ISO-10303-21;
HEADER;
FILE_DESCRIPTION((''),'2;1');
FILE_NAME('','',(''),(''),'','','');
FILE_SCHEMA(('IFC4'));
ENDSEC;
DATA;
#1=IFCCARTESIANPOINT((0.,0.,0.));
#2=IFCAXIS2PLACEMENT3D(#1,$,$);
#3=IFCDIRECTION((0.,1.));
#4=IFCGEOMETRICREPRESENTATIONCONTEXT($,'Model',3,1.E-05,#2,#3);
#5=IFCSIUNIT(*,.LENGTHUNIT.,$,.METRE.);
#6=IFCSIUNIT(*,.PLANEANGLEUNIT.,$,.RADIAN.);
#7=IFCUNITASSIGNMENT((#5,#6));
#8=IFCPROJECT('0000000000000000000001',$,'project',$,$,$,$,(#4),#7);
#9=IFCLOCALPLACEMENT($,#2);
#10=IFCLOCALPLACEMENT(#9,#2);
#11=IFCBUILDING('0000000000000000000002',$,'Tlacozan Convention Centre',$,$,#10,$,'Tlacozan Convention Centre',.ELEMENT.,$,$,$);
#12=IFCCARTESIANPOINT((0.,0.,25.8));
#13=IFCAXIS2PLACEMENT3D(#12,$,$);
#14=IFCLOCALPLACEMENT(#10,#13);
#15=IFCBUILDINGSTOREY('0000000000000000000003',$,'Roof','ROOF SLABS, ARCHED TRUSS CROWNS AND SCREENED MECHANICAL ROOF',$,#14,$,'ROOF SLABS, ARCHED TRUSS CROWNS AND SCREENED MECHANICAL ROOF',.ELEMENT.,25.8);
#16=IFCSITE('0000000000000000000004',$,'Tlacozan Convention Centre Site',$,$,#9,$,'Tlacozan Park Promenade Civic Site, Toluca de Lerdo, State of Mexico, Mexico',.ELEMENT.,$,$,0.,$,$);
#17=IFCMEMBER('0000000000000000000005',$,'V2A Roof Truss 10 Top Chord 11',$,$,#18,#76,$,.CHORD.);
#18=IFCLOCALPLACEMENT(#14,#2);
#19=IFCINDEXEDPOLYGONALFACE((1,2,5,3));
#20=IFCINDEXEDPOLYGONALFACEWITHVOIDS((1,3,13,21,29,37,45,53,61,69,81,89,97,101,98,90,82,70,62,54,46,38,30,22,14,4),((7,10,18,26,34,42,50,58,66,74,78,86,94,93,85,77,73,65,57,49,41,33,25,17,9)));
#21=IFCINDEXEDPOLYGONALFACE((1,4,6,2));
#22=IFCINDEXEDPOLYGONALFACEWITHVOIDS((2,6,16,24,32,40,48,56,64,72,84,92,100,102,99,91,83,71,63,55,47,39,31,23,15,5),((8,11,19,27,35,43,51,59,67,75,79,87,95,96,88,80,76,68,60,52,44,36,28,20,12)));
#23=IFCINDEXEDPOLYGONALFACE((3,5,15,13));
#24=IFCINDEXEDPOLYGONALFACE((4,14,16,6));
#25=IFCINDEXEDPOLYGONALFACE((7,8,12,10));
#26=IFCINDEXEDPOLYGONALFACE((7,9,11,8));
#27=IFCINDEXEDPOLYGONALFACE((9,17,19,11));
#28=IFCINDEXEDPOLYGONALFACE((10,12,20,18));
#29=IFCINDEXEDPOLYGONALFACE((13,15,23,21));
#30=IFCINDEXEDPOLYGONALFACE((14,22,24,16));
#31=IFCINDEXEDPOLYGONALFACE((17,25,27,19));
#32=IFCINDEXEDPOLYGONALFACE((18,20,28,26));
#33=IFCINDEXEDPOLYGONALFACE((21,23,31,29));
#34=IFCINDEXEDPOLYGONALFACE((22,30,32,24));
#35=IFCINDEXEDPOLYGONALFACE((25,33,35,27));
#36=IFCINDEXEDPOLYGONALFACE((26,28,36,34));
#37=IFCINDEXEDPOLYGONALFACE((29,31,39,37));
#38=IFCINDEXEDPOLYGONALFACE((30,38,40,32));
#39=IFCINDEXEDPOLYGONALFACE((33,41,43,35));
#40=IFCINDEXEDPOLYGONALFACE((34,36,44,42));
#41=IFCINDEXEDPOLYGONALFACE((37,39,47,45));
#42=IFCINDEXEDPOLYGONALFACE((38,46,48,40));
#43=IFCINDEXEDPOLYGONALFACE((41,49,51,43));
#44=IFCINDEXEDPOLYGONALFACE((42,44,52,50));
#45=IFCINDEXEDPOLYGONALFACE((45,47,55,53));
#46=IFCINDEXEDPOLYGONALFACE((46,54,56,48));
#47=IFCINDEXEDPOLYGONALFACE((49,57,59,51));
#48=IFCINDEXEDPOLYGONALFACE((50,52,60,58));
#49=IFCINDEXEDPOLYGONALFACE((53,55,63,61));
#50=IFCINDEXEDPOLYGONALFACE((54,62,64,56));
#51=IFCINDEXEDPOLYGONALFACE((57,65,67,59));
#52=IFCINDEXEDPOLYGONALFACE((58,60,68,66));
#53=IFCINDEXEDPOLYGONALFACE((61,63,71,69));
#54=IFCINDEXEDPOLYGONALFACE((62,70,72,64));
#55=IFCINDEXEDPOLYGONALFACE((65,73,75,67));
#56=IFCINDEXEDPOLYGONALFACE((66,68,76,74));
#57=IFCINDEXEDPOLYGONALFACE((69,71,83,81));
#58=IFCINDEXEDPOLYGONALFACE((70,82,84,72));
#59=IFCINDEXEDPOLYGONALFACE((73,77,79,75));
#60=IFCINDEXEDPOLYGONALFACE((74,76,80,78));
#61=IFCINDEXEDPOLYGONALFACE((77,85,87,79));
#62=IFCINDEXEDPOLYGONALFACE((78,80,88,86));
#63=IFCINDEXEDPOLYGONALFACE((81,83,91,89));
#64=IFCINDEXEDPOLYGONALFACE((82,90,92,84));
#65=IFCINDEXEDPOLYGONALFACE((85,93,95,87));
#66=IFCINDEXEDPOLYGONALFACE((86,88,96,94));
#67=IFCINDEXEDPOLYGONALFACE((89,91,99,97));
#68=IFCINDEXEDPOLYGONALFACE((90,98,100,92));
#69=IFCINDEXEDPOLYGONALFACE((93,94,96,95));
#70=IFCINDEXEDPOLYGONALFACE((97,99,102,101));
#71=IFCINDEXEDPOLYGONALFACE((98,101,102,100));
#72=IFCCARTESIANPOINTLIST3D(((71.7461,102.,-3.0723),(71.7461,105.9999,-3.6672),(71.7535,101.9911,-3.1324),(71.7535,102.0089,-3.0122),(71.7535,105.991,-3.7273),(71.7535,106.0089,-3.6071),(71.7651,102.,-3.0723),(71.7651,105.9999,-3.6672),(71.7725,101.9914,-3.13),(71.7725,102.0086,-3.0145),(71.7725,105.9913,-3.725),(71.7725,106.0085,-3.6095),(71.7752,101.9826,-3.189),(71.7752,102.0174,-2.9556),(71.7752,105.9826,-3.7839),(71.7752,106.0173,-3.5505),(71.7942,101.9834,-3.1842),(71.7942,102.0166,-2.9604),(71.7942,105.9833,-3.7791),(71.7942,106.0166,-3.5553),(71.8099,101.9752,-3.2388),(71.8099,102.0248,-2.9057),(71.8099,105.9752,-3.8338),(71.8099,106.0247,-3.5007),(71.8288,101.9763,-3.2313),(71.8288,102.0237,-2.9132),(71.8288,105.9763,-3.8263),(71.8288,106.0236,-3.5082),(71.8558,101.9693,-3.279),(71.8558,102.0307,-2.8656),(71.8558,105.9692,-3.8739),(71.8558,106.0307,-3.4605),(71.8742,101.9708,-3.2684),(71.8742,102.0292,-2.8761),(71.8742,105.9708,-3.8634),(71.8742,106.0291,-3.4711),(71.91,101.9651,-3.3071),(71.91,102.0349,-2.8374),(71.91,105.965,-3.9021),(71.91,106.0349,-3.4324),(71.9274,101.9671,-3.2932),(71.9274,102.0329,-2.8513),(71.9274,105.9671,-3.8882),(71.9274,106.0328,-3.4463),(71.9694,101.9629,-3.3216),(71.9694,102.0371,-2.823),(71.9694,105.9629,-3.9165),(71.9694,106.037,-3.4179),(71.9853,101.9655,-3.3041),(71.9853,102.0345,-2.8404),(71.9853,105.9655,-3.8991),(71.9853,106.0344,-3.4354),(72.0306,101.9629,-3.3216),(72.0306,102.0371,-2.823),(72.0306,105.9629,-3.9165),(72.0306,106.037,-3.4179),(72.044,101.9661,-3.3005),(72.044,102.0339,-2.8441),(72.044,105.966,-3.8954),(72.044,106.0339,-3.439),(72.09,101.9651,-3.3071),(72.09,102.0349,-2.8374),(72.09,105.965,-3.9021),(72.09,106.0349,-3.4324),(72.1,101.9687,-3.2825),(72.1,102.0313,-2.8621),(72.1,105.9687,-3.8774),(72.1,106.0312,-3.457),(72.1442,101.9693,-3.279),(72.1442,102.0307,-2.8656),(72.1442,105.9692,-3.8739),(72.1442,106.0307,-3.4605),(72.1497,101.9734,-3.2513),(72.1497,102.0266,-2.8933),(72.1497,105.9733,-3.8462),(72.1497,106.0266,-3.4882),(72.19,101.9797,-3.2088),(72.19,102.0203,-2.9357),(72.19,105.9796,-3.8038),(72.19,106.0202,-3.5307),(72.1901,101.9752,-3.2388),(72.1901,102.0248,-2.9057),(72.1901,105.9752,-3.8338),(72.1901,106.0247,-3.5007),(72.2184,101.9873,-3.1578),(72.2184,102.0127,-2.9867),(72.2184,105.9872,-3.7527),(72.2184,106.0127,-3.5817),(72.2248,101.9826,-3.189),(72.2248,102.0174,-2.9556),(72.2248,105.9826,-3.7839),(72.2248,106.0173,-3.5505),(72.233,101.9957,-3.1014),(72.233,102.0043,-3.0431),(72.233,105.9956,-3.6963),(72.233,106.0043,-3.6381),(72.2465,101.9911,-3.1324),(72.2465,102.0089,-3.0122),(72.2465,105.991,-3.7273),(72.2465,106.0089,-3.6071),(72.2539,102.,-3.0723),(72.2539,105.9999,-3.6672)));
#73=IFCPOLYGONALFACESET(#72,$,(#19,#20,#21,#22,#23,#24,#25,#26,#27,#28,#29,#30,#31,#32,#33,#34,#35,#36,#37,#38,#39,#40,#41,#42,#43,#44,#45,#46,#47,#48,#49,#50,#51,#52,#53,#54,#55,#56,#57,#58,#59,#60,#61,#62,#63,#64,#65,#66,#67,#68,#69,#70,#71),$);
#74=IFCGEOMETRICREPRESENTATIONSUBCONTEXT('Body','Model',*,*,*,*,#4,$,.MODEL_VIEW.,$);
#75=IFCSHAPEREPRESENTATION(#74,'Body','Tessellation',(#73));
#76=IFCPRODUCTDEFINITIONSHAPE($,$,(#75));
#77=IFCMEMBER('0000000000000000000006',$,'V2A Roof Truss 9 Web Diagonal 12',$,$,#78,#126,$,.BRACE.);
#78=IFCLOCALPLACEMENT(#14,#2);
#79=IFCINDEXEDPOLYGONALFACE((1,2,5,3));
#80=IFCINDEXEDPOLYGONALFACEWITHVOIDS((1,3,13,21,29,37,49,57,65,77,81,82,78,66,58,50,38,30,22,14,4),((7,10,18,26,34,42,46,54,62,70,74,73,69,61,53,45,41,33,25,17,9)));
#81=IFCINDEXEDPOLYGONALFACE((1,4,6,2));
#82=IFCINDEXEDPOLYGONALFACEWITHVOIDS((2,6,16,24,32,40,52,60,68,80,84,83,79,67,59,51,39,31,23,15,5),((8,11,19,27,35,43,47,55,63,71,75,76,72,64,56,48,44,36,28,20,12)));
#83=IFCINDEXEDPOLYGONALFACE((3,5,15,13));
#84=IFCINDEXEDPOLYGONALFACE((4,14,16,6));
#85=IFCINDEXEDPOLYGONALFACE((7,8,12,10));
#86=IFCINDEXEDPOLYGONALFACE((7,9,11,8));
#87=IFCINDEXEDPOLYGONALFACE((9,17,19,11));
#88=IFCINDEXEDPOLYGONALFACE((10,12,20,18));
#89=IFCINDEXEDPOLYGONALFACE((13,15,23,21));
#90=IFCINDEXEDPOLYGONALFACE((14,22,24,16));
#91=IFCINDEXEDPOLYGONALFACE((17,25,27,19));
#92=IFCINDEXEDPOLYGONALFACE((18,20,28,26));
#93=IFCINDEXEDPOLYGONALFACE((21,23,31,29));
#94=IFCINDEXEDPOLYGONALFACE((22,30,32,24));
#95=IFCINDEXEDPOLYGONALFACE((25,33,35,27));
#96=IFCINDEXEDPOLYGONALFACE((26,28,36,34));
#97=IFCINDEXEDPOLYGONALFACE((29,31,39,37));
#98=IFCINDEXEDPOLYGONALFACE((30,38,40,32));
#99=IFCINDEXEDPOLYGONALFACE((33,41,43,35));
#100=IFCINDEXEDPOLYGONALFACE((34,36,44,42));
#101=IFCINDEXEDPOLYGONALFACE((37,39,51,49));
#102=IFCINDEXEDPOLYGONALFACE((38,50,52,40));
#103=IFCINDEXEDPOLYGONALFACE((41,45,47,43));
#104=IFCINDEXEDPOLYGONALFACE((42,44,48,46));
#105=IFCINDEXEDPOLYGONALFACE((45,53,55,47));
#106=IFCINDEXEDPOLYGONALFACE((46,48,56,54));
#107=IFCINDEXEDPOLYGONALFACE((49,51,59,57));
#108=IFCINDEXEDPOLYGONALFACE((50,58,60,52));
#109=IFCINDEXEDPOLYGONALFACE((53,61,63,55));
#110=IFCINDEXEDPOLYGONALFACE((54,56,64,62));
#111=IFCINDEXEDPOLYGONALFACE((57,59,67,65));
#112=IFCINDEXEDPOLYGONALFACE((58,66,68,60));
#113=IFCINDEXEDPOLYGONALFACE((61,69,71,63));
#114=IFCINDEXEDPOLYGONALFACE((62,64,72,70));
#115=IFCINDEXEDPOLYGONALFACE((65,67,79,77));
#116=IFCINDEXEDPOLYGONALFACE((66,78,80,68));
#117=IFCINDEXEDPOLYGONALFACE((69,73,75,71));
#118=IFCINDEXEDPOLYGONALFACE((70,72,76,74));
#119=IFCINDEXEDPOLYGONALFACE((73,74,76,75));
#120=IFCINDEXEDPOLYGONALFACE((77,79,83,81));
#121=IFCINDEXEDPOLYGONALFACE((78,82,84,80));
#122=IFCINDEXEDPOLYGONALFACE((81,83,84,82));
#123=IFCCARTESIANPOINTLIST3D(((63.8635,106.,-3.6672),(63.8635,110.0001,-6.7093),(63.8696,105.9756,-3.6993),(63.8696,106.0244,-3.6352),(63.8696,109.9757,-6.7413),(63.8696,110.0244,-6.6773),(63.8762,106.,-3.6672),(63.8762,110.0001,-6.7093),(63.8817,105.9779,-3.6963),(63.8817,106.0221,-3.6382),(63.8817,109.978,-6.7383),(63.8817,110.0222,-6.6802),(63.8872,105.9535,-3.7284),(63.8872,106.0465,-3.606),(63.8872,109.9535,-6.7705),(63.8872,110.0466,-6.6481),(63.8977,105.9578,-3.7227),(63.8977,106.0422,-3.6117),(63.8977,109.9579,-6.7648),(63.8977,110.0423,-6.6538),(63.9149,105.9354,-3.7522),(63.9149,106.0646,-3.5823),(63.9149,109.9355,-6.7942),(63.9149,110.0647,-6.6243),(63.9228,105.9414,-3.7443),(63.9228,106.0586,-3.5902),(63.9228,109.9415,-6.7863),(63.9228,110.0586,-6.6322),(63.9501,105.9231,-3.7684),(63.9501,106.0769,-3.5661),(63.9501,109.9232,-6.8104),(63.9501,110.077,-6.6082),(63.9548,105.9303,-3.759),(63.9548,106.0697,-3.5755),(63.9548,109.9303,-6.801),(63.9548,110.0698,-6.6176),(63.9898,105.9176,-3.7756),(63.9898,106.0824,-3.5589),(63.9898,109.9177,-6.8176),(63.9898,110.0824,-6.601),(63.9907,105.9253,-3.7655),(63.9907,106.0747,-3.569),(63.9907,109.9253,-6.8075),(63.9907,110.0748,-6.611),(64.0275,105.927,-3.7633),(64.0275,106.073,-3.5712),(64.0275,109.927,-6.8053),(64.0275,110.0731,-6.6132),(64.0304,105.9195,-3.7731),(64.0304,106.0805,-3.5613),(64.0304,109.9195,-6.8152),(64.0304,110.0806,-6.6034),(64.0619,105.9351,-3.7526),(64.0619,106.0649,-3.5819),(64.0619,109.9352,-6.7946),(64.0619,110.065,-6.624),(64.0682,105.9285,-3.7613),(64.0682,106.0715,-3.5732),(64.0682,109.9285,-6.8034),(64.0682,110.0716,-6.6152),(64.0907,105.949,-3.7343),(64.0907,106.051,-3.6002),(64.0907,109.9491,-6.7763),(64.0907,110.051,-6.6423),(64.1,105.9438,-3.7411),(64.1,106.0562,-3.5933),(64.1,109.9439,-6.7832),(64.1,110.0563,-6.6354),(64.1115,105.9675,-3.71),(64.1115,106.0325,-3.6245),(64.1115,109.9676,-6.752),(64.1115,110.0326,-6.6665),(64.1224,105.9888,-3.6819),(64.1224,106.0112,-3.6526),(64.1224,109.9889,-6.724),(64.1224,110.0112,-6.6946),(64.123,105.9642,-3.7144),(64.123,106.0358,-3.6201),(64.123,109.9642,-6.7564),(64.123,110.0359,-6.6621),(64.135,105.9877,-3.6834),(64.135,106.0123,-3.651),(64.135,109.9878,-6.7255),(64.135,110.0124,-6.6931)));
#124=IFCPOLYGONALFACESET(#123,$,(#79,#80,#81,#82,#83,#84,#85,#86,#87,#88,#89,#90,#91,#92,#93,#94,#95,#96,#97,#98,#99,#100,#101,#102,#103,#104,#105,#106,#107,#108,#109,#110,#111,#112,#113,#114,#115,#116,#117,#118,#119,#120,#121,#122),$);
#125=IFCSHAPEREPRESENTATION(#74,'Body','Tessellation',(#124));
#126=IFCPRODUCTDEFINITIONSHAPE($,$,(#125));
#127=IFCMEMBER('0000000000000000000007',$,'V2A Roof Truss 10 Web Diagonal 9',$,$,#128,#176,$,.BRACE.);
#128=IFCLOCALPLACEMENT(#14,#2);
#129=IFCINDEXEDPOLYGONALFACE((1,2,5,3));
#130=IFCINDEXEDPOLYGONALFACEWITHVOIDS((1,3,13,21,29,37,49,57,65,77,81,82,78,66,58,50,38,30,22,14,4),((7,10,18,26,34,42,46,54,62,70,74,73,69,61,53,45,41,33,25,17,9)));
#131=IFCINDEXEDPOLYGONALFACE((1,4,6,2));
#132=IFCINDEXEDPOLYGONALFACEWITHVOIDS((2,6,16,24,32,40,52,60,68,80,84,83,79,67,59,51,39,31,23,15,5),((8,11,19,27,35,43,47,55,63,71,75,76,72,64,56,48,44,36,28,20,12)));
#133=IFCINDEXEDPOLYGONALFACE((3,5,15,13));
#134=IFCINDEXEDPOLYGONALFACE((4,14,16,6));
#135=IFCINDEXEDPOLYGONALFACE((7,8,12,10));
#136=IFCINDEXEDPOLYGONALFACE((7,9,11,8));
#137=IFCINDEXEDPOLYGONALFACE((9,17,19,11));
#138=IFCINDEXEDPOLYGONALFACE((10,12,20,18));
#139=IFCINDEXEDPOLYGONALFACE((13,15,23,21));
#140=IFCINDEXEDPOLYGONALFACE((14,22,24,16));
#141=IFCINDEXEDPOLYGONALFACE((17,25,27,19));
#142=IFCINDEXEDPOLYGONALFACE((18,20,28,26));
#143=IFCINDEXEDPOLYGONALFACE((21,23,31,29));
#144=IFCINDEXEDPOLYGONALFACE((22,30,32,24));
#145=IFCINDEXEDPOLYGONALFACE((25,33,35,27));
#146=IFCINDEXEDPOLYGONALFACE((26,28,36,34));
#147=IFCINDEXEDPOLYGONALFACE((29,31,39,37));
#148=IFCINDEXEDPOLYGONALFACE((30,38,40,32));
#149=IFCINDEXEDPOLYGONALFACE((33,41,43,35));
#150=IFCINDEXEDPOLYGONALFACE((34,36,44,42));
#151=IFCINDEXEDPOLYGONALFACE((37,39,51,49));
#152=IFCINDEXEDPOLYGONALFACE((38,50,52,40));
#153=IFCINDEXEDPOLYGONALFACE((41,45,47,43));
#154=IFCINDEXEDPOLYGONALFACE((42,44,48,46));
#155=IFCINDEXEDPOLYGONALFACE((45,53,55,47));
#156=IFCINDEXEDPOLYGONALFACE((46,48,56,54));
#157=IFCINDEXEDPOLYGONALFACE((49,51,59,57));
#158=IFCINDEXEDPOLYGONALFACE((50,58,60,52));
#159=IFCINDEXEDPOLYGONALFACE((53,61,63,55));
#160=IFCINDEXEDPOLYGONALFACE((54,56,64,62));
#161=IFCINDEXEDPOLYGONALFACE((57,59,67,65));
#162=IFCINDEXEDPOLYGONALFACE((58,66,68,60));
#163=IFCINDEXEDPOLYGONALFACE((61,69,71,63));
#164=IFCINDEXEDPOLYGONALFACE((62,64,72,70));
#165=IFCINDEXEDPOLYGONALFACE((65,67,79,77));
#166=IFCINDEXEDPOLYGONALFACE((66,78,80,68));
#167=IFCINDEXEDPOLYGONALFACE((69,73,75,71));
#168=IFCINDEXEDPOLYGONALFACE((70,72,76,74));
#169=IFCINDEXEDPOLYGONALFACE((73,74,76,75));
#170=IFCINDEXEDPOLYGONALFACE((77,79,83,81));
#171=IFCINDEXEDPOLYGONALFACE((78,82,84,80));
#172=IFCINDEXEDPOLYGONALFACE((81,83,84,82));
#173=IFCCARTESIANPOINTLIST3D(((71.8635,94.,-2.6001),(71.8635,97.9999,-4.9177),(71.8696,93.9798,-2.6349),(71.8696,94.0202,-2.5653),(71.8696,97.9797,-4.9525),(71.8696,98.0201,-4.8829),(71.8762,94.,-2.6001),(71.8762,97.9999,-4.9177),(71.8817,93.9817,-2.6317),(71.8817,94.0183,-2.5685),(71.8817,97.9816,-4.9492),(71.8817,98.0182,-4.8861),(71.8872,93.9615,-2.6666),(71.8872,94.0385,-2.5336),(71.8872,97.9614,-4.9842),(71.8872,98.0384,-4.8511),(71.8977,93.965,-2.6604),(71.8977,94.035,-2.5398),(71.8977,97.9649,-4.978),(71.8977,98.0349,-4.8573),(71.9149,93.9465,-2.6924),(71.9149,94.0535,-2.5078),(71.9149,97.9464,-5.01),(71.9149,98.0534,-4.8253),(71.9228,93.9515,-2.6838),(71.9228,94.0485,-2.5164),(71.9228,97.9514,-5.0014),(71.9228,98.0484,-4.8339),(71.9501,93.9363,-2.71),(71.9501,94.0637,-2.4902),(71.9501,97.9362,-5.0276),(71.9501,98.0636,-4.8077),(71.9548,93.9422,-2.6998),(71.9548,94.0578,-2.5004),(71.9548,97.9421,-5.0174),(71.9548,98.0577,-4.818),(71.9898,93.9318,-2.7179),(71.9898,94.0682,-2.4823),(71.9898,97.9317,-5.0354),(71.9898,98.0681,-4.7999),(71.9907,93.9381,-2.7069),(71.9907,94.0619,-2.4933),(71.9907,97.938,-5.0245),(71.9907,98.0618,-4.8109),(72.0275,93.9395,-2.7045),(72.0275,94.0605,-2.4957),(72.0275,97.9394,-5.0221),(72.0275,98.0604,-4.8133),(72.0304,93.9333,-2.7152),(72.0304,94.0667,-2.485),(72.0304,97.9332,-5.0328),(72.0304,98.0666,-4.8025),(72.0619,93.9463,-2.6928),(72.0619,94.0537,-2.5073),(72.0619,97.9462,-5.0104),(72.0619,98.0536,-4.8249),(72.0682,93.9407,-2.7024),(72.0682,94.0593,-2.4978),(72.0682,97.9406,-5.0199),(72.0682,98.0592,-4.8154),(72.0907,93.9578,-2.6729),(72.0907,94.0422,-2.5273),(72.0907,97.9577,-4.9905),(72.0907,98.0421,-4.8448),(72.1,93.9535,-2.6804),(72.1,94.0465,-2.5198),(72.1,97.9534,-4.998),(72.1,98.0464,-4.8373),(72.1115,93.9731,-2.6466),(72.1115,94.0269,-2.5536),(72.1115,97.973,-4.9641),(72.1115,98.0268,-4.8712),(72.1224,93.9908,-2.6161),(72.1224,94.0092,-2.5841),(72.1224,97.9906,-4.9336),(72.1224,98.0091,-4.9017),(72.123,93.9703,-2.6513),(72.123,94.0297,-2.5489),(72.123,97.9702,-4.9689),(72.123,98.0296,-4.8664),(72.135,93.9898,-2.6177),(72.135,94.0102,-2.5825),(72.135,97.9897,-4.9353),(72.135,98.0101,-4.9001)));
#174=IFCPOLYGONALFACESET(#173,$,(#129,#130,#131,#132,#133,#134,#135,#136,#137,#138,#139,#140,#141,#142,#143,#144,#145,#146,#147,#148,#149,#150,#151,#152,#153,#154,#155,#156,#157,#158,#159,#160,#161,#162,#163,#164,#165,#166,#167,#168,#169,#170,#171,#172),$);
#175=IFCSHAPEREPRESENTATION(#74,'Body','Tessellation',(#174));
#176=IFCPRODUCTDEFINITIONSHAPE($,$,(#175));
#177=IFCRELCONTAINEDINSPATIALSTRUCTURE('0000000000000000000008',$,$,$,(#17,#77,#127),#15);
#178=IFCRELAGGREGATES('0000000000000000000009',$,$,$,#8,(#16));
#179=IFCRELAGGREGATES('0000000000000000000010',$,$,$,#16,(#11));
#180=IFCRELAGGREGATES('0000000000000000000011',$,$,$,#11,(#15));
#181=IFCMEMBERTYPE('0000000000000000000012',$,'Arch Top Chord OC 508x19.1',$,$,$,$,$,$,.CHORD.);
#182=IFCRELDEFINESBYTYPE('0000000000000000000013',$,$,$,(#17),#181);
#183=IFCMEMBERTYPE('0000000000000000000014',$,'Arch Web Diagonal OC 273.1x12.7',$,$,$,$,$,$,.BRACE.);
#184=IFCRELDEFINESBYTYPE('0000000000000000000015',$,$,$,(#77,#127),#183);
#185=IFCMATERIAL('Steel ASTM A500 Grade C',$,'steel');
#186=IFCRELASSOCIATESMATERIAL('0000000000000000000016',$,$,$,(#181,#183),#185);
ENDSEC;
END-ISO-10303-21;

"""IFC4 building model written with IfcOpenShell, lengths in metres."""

from ifc_helpers import new_model, si_unit, direction, frame, origin, origin_2d, place, context, subcontext, project, spatial, hollow_circle, extrude, material, material_profile, profile_set, type_object, element, save


model = new_model("IFC4")

# Units and contexts
model_context = context("Model", 3, precision=1e-05, world=origin(), true_north=direction((0.0, 1.0)))
body_context = subcontext(model_context, "Body", "Model", "MODEL_VIEW")
ifc_project = project(units=[si_unit("LENGTHUNIT", "METRE"), si_unit("PLANEANGLEUNIT", "RADIAN")], contexts=[model_context])

# Site, building, storey
site_placement = place(None, origin())
site = spatial("IfcSite", under=ifc_project, at=site_placement, Name="Tlacozan Convention Centre Site", LongName="Tlacozan Park Promenade Civic Site, Toluca de Lerdo, State of Mexico, Mexico", CompositionType="ELEMENT", RefElevation=0.0)
building_placement = place(site_placement, origin())
building = spatial("IfcBuilding", under=site, at=building_placement, Name="Tlacozan Convention Centre", LongName="Tlacozan Convention Centre", CompositionType="ELEMENT")
storey_placement = place(building_placement, frame((0.0, 0.0, 25.8)))
storey = spatial("IfcBuildingStorey", under=building, at=storey_placement, Name="Roof", Description="ROOF SLABS, ARCHED TRUSS CROWNS AND SCREENED MECHANICAL ROOF", LongName="ROOF SLABS, ARCHED TRUSS CROWNS AND SCREENED MECHANICAL ROOF", CompositionType="ELEMENT", Elevation=25.8)

# Members
ifc_material_1 = material(Name="Steel ASTM A500 Grade C", Category="steel")
ifc_material_profile_1 = material_profile(ifc_material_1, hollow_circle(Radius=0.2539, WallThickness=0.019, at=origin_2d()), Name="OC 508.0x19.1")
ifc_profile_set_1 = profile_set([ifc_material_profile_1], Name="Steel ASTM A500 Grade C")
member_type_1 = type_object("IfcMemberType", Name="Arch Top Chord OC 508x19.1", PredefinedType="CHORD", material=ifc_profile_set_1)
member_1_placement = place(storey_placement, frame((72.0, 102.0, -3.0723), z_axis=(0.0, 0.989118, -0.147124), x_axis=(-1.0, 0.0, 0.0)))
element("IfcMember", 1, at=member_1_placement, inside=storey, type_object=member_type_1, Name="V2A Roof Truss 10 Top Chord 11", PredefinedType="CHORD", context=body_context, shape_type="SweptSolid", body=[
    extrude(hollow_circle(Radius=0.2539, WallThickness=0.019, at=origin_2d()), origin(), (0.0, 0.0, 1.0), 4.0439),
])
ifc_material_profile_2 = material_profile(ifc_material_1, hollow_circle(Radius=0.1365, WallThickness=0.0127, at=origin_2d()), Name="OC 273.1x12.7")
ifc_profile_set_2 = profile_set([ifc_material_profile_2], Name="Steel ASTM A500 Grade C")
member_type_2 = type_object("IfcMemberType", Name="Arch Web Diagonal OC 273.1x12.7", PredefinedType="BRACE", material=ifc_profile_set_2)
member_2_placement = place(storey_placement, frame((64.0, 106.0, -3.6672), z_axis=(0.0, 0.795971, -0.605335), x_axis=(-1.0, 0.0, 0.0)))
element("IfcMember", 2, at=member_2_placement, inside=storey, type_object=member_type_2, Name="V2A Roof Truss 9 Web Diagonal 12", PredefinedType="BRACE", context=body_context, shape_type="SweptSolid", body=[
    extrude(hollow_circle(Radius=0.1365, WallThickness=0.0127, at=origin_2d()), origin(), (0.0, 0.0, 1.0), 5.0254),
])
member_3_placement = place(storey_placement, frame((72.0, 94.0, -2.6001), z_axis=(0.0, 0.865254, -0.501334), x_axis=(-1.0, 0.0, 0.0)))
element("IfcMember", 3, at=member_3_placement, inside=storey, type_object=member_type_2, Name="V2A Roof Truss 10 Web Diagonal 9", PredefinedType="BRACE", context=body_context, shape_type="SweptSolid", body=[
    extrude(hollow_circle(Radius=0.1365, WallThickness=0.0127, at=origin_2d()), origin(), (0.0, 0.0, 1.0), 4.6228),
])

save(model, "model.ifc")
